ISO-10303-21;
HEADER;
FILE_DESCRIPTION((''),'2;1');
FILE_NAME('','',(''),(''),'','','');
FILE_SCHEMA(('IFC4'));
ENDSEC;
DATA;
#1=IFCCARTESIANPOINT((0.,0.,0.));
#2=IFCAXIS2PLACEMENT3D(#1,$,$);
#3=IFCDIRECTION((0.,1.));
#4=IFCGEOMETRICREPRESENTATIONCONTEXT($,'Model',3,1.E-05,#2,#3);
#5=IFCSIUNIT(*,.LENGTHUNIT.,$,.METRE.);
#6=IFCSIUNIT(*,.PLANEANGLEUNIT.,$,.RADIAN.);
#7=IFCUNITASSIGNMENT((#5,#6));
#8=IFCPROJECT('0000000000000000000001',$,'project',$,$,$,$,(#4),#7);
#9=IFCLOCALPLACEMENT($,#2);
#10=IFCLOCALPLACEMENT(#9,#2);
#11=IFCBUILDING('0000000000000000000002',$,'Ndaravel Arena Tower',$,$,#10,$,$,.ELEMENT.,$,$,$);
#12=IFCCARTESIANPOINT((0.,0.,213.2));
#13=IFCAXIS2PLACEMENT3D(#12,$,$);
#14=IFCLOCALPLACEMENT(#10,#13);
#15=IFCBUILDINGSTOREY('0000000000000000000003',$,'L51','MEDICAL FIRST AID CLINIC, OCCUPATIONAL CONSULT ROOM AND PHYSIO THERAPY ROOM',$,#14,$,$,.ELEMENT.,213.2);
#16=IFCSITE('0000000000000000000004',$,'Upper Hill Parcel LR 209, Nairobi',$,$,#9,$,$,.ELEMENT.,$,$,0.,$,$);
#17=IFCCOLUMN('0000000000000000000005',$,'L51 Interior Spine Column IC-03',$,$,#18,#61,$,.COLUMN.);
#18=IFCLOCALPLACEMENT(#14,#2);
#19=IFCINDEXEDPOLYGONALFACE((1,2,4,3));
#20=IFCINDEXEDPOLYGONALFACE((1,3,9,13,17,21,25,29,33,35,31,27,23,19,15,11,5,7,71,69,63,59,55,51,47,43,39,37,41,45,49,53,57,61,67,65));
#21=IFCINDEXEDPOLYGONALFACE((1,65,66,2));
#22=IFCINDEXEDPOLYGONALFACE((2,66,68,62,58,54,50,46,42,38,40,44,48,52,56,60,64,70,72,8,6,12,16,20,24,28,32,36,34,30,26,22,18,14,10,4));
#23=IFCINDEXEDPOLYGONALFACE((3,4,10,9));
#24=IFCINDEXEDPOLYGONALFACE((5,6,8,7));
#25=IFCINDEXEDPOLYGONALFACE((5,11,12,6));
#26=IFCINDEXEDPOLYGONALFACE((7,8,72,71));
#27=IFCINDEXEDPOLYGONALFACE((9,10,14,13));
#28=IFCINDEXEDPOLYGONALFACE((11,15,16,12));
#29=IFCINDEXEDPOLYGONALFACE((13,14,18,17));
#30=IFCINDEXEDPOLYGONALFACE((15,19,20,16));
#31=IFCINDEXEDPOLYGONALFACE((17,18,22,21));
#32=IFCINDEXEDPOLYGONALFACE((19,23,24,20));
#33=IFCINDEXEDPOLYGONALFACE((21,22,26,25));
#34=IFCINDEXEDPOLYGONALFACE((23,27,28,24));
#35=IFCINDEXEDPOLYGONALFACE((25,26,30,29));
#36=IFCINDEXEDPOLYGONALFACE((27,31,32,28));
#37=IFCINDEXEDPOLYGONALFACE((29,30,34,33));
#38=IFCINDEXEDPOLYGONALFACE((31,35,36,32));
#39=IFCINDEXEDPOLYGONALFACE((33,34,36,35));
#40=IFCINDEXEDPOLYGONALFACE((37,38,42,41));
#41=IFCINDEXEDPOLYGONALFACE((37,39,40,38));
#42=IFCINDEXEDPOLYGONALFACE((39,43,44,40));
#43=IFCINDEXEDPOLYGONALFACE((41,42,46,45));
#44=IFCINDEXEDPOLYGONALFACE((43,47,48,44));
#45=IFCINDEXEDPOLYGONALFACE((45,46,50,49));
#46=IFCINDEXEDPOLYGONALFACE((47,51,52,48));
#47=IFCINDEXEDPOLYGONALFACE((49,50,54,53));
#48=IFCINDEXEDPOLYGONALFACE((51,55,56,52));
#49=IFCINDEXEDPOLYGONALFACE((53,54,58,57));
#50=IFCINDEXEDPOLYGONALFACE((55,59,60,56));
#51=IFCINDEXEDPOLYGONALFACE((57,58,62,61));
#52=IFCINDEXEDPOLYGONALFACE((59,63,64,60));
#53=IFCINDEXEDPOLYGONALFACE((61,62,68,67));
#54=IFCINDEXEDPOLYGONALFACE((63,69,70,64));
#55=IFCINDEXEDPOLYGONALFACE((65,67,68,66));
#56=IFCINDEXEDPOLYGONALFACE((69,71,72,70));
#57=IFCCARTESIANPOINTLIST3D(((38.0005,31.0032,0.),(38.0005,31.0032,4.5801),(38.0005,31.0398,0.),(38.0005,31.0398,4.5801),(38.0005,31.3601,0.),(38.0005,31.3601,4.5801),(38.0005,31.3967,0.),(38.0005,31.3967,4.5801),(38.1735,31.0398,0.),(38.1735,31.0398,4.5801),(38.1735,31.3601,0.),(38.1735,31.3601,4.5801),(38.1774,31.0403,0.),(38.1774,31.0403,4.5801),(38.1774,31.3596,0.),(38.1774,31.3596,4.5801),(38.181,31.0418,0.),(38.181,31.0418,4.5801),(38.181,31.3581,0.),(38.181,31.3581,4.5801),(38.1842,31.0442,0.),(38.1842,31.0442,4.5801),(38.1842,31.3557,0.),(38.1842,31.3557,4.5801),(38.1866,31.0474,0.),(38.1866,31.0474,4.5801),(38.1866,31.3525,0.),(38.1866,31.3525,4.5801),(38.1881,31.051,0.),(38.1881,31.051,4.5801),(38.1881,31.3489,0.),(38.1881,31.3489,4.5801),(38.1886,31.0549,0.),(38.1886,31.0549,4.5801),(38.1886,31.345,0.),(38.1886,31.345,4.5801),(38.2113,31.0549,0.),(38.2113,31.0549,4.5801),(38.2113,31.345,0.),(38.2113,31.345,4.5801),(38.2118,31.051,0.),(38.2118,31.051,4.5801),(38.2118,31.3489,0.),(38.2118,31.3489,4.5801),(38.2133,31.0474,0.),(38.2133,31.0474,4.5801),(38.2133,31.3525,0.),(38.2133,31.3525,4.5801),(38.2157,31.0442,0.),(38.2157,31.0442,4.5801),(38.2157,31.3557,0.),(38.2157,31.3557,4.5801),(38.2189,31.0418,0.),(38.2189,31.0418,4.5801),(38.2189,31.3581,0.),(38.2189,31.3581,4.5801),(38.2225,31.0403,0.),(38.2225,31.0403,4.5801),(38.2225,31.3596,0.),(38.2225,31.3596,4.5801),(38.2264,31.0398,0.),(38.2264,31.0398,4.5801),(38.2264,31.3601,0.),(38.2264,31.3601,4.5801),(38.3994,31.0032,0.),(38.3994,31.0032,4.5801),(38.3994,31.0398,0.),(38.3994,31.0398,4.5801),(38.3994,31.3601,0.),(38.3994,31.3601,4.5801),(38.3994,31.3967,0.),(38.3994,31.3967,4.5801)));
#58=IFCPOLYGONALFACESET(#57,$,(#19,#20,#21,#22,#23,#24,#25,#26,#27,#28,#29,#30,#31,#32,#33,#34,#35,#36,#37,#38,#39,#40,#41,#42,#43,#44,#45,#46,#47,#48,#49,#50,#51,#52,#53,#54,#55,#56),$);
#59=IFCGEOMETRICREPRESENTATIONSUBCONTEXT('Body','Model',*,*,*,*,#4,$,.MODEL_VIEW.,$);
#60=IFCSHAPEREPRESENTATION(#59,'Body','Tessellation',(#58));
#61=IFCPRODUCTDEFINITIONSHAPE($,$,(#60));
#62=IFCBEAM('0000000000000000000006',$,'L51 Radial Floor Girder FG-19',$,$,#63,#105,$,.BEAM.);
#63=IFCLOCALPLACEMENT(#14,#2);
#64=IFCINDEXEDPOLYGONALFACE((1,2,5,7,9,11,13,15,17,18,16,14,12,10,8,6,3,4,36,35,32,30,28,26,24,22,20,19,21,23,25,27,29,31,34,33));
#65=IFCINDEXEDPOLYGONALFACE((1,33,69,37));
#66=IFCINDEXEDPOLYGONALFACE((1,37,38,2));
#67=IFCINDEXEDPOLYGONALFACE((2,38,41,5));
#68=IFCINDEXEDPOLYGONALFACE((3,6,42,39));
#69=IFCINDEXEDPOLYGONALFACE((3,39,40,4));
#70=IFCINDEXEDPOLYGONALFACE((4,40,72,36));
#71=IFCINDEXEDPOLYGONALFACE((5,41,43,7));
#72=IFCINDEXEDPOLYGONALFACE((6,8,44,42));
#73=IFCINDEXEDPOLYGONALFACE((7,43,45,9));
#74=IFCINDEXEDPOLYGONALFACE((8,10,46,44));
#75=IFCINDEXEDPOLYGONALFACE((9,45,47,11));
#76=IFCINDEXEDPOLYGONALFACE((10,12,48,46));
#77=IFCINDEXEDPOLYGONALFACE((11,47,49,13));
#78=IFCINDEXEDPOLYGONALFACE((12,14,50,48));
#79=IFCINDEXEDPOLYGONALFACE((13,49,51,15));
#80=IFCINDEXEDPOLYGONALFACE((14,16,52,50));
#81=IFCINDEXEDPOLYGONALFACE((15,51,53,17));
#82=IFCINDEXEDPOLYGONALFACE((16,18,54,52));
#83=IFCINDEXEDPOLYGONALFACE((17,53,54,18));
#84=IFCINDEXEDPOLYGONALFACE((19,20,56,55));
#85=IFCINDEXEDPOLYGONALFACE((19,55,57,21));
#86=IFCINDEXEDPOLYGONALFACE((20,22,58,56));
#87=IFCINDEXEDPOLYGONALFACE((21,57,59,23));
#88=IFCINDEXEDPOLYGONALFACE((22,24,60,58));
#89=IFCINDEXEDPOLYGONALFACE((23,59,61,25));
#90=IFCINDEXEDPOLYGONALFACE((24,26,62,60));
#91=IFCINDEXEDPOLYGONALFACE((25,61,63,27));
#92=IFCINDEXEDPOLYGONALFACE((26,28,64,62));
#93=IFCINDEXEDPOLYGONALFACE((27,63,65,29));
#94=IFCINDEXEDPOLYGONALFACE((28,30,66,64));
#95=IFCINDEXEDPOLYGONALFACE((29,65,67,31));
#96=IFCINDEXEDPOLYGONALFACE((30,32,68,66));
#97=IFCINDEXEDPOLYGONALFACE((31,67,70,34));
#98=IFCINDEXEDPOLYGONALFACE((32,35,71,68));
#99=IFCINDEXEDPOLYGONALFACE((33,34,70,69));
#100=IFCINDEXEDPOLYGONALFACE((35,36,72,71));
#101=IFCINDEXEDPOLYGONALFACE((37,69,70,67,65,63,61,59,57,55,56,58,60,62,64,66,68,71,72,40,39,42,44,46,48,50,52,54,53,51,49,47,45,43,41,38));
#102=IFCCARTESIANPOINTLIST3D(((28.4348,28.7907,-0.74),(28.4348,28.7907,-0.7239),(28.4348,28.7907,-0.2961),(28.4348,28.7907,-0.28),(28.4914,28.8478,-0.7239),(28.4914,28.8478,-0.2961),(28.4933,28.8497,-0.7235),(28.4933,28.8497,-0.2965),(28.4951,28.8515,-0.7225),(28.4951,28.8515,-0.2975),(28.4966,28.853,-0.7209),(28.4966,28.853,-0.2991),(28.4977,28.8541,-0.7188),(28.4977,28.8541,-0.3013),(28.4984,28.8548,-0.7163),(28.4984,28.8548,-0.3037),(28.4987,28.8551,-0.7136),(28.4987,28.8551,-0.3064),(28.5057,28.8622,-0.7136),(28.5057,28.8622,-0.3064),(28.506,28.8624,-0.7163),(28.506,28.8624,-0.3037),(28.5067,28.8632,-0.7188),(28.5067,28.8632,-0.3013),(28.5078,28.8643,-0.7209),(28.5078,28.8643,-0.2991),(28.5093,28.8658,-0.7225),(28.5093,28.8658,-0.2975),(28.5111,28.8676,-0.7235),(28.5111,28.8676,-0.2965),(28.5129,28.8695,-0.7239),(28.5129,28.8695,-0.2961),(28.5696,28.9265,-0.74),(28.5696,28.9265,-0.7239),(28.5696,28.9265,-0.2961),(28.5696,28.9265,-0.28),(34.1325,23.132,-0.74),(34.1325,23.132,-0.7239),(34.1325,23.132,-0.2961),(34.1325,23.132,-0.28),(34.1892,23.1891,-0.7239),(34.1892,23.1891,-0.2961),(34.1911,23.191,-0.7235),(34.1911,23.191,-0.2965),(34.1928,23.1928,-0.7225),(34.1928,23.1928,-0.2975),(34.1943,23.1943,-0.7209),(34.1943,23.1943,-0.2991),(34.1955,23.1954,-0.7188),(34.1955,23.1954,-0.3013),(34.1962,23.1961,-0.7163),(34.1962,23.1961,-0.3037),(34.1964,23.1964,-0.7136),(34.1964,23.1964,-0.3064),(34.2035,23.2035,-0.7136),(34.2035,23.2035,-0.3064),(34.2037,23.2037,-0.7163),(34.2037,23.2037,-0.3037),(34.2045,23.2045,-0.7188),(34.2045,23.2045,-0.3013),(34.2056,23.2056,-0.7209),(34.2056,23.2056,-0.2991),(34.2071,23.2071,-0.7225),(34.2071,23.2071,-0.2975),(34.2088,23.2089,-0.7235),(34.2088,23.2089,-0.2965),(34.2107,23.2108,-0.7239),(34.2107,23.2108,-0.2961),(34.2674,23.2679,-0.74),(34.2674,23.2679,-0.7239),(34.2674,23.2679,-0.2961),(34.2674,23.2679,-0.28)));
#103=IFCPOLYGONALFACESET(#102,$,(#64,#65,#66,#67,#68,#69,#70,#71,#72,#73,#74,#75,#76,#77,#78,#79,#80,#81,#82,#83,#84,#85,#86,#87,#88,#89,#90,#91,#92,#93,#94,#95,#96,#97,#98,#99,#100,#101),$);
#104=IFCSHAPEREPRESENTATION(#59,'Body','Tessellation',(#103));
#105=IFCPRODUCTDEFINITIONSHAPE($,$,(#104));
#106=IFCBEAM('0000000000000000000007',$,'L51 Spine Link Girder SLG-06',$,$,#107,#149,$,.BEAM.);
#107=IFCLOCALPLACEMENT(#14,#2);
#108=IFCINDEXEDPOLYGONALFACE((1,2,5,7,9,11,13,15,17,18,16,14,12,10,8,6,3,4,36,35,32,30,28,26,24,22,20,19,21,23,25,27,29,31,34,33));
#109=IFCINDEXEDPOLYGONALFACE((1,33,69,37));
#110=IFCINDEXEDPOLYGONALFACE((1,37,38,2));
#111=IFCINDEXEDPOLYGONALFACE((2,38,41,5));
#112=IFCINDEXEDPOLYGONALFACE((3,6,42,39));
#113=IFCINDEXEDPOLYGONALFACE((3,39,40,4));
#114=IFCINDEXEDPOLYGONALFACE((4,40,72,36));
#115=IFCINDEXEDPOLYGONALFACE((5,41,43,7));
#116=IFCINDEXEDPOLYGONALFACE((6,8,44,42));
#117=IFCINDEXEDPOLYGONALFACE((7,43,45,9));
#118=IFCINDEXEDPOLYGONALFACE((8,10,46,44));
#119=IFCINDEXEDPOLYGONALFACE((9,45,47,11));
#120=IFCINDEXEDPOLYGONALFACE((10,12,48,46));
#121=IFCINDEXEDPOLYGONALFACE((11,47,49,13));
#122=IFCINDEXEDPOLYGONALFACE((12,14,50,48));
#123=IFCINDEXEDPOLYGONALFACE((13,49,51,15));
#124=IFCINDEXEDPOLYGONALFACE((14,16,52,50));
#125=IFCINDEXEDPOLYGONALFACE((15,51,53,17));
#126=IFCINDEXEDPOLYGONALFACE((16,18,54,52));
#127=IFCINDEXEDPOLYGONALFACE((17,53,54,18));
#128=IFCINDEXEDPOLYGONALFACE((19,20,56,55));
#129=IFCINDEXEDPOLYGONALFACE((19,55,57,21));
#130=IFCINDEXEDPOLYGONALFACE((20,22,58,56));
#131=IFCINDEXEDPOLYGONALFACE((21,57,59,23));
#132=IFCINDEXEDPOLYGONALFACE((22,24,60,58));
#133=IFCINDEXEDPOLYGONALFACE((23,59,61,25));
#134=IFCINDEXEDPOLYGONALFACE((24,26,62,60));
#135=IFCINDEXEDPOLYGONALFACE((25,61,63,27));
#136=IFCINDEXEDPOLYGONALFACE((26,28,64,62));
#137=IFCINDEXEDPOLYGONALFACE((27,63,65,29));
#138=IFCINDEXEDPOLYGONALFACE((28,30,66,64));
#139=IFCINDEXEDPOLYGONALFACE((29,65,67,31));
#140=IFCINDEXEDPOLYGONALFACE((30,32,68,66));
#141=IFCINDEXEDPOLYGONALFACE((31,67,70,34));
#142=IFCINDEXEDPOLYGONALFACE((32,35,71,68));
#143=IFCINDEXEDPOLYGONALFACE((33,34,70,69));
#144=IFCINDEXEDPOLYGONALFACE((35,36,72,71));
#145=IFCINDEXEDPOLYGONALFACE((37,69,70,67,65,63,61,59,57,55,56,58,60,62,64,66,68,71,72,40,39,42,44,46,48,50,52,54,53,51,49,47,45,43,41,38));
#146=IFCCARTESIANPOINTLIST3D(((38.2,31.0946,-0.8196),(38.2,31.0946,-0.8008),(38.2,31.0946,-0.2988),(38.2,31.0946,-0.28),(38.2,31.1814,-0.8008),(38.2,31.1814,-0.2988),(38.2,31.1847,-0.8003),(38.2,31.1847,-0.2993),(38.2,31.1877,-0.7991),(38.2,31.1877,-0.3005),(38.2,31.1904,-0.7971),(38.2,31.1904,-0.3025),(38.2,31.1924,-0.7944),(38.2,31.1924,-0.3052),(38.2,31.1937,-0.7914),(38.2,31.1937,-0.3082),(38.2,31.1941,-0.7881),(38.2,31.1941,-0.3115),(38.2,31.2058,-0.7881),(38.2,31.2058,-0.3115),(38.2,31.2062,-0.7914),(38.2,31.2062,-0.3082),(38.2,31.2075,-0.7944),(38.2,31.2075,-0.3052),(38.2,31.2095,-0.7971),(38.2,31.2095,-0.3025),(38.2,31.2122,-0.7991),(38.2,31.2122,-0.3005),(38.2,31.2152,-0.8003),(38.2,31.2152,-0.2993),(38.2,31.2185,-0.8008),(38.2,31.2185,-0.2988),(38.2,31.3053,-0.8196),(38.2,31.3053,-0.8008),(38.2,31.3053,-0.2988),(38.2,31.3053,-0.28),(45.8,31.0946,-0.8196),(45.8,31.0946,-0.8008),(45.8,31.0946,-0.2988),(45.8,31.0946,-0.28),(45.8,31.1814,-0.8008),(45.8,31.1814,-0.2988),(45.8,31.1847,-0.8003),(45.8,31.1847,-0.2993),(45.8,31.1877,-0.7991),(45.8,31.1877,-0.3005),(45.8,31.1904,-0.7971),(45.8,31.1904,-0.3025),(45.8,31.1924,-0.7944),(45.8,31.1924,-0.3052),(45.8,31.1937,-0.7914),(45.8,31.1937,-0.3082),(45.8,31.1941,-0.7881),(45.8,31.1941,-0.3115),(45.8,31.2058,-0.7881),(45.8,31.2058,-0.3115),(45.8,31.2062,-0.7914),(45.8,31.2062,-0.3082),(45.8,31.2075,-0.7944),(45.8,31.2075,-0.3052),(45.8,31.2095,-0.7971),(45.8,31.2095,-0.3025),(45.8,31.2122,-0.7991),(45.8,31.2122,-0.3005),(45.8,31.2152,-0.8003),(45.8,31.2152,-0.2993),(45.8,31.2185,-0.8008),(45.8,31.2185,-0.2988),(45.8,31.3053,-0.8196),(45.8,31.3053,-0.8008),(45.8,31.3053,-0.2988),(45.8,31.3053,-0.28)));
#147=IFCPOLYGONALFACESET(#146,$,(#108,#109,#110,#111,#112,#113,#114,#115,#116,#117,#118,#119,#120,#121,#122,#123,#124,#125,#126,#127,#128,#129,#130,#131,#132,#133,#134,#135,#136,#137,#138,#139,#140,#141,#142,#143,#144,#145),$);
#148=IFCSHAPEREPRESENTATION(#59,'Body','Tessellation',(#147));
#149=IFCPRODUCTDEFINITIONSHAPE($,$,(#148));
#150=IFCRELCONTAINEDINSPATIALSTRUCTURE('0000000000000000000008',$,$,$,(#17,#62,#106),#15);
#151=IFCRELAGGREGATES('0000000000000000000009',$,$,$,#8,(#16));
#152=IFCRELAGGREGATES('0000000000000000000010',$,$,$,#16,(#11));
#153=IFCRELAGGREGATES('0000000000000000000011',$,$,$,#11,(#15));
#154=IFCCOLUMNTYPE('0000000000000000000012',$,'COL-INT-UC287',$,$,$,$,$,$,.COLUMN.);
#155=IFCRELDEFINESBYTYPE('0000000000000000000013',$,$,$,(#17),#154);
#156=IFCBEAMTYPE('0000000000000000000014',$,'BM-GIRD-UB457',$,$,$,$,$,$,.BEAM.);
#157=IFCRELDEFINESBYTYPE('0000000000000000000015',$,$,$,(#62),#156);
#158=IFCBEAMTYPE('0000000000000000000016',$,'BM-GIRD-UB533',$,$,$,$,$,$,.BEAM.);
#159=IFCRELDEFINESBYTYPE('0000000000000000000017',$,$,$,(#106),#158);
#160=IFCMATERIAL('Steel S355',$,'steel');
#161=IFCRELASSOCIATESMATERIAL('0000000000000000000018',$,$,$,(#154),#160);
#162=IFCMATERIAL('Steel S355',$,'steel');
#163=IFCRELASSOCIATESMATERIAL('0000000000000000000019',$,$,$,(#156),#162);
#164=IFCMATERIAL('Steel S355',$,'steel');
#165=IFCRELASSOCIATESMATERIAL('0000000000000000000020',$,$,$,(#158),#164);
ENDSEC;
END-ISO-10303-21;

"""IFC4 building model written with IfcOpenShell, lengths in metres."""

from ifc_helpers import new_model, si_unit, direction, frame, origin, origin_2d, place, context, subcontext, project, spatial, i_section, extrude, material, material_profile, profile_set, type_object, element, save


model = new_model("IFC4")

# Units and contexts
model_context = context("Model", 3, precision=1e-05, world=origin(), true_north=direction((0.0, 1.0)))
body_context = subcontext(model_context, "Body", "Model", "MODEL_VIEW")
ifc_project = project(units=[si_unit("LENGTHUNIT", "METRE"), si_unit("PLANEANGLEUNIT", "RADIAN")], contexts=[model_context])

# Site, building, storey
site_placement = place(None, origin())
site = spatial("IfcSite", under=ifc_project, at=site_placement, Name="Upper Hill Parcel LR 209, Nairobi", CompositionType="ELEMENT", RefElevation=0.0)
building_placement = place(site_placement, origin())
building = spatial("IfcBuilding", under=site, at=building_placement, Name="Ndaravel Arena Tower", CompositionType="ELEMENT")
storey_placement = place(building_placement, frame((0.0, 0.0, 213.2)))
storey = spatial("IfcBuildingStorey", under=building, at=storey_placement, Name="L51", Description="MEDICAL FIRST AID CLINIC, OCCUPATIONAL CONSULT ROOM AND PHYSIO THERAPY ROOM", CompositionType="ELEMENT", Elevation=213.2)

# Column
ifc_material_1 = material(Name="Steel S355", Category="steel")
ifc_material_profile_1 = material_profile(ifc_material_1, i_section(OverallWidth=0.3989, OverallDepth=0.3936, WebThickness=0.0227, FlangeThickness=0.0366, FilletRadius=0.0151, at=origin_2d()), Name="UC 356x406x287")
ifc_profile_set_1 = profile_set([ifc_material_profile_1], Name="Steel S355")
column_type = type_object("IfcColumnType", Name="COL-INT-UC287", PredefinedType="COLUMN", material=ifc_profile_set_1)
column_placement = place(storey_placement, frame((38.2, 31.2, 0.0), z_axis=(0.0, 0.0, 1.0), x_axis=(1.0, 0.0, 0.0)))
element("IfcColumn", 1, at=column_placement, inside=storey, type_object=column_type, Name="L51 Interior Spine Column IC-03", PredefinedType="COLUMN", context=body_context, shape_type="SweptSolid", body=[
    extrude(i_section(OverallWidth=0.3989, OverallDepth=0.3936, WebThickness=0.0227, FlangeThickness=0.0366, FilletRadius=0.0151, at=origin_2d()), origin(), (0.0, 0.0, 1.0), 4.5801),
])

# Beams
ifc_material_2 = material(Name="Steel S355", Category="steel")
ifc_material_profile_2 = material_profile(ifc_material_2, i_section(OverallWidth=0.1914, OverallDepth=0.46, WebThickness=0.01, FlangeThickness=0.0161, FilletRadius=0.0103, at=origin_2d()), Name="UB 457x191x82")
ifc_profile_set_2 = profile_set([ifc_material_profile_2], Name="Steel S355")
beam_type_1 = type_object("IfcBeamType", Name="BM-GIRD-UB457", PredefinedType="BEAM", material=ifc_profile_set_2)
beam_1_placement = place(storey_placement, frame((28.5022, 28.8586, -0.51), z_axis=(0.709535, -0.70467, 0.0), x_axis=(0.70467, 0.709535, 0.0)))
element("IfcBeam", 2, at=beam_1_placement, inside=storey, type_object=beam_type_1, Name="L51 Radial Floor Girder FG-19", PredefinedType="BEAM", context=body_context, shape_type="SweptSolid", body=[
    extrude(i_section(OverallWidth=0.1914, OverallDepth=0.46, WebThickness=0.01, FlangeThickness=0.0161, FilletRadius=0.0103, at=origin_2d()), origin(), (0.0, 0.0, 1.0), 8.0303),
])
ifc_material_3 = material(Name="Steel S355", Category="steel")
ifc_material_profile_3 = material_profile(ifc_material_3, i_section(OverallWidth=0.2107, OverallDepth=0.5396, WebThickness=0.0117, FlangeThickness=0.0188, FilletRadius=0.0127, at=origin_2d()), Name="UB 533x210x109")
ifc_profile_set_3 = profile_set([ifc_material_profile_3], Name="Steel S355")
beam_type_2 = type_object("IfcBeamType", Name="BM-GIRD-UB533", PredefinedType="BEAM", material=ifc_profile_set_3)
beam_2_placement = place(storey_placement, frame((38.2, 31.2, -0.5498), z_axis=(1.0, 0.0, 0.0), x_axis=(0.0, 1.0, 0.0)))
element("IfcBeam", 3, at=beam_2_placement, inside=storey, type_object=beam_type_2, Name="L51 Spine Link Girder SLG-06", PredefinedType="BEAM", context=body_context, shape_type="SweptSolid", body=[
    extrude(i_section(OverallWidth=0.2107, OverallDepth=0.5396, WebThickness=0.0117, FlangeThickness=0.0188, FilletRadius=0.0127, at=origin_2d()), origin(), (0.0, 0.0, 1.0), 7.6001),
])

save(model, "model.ifc")
